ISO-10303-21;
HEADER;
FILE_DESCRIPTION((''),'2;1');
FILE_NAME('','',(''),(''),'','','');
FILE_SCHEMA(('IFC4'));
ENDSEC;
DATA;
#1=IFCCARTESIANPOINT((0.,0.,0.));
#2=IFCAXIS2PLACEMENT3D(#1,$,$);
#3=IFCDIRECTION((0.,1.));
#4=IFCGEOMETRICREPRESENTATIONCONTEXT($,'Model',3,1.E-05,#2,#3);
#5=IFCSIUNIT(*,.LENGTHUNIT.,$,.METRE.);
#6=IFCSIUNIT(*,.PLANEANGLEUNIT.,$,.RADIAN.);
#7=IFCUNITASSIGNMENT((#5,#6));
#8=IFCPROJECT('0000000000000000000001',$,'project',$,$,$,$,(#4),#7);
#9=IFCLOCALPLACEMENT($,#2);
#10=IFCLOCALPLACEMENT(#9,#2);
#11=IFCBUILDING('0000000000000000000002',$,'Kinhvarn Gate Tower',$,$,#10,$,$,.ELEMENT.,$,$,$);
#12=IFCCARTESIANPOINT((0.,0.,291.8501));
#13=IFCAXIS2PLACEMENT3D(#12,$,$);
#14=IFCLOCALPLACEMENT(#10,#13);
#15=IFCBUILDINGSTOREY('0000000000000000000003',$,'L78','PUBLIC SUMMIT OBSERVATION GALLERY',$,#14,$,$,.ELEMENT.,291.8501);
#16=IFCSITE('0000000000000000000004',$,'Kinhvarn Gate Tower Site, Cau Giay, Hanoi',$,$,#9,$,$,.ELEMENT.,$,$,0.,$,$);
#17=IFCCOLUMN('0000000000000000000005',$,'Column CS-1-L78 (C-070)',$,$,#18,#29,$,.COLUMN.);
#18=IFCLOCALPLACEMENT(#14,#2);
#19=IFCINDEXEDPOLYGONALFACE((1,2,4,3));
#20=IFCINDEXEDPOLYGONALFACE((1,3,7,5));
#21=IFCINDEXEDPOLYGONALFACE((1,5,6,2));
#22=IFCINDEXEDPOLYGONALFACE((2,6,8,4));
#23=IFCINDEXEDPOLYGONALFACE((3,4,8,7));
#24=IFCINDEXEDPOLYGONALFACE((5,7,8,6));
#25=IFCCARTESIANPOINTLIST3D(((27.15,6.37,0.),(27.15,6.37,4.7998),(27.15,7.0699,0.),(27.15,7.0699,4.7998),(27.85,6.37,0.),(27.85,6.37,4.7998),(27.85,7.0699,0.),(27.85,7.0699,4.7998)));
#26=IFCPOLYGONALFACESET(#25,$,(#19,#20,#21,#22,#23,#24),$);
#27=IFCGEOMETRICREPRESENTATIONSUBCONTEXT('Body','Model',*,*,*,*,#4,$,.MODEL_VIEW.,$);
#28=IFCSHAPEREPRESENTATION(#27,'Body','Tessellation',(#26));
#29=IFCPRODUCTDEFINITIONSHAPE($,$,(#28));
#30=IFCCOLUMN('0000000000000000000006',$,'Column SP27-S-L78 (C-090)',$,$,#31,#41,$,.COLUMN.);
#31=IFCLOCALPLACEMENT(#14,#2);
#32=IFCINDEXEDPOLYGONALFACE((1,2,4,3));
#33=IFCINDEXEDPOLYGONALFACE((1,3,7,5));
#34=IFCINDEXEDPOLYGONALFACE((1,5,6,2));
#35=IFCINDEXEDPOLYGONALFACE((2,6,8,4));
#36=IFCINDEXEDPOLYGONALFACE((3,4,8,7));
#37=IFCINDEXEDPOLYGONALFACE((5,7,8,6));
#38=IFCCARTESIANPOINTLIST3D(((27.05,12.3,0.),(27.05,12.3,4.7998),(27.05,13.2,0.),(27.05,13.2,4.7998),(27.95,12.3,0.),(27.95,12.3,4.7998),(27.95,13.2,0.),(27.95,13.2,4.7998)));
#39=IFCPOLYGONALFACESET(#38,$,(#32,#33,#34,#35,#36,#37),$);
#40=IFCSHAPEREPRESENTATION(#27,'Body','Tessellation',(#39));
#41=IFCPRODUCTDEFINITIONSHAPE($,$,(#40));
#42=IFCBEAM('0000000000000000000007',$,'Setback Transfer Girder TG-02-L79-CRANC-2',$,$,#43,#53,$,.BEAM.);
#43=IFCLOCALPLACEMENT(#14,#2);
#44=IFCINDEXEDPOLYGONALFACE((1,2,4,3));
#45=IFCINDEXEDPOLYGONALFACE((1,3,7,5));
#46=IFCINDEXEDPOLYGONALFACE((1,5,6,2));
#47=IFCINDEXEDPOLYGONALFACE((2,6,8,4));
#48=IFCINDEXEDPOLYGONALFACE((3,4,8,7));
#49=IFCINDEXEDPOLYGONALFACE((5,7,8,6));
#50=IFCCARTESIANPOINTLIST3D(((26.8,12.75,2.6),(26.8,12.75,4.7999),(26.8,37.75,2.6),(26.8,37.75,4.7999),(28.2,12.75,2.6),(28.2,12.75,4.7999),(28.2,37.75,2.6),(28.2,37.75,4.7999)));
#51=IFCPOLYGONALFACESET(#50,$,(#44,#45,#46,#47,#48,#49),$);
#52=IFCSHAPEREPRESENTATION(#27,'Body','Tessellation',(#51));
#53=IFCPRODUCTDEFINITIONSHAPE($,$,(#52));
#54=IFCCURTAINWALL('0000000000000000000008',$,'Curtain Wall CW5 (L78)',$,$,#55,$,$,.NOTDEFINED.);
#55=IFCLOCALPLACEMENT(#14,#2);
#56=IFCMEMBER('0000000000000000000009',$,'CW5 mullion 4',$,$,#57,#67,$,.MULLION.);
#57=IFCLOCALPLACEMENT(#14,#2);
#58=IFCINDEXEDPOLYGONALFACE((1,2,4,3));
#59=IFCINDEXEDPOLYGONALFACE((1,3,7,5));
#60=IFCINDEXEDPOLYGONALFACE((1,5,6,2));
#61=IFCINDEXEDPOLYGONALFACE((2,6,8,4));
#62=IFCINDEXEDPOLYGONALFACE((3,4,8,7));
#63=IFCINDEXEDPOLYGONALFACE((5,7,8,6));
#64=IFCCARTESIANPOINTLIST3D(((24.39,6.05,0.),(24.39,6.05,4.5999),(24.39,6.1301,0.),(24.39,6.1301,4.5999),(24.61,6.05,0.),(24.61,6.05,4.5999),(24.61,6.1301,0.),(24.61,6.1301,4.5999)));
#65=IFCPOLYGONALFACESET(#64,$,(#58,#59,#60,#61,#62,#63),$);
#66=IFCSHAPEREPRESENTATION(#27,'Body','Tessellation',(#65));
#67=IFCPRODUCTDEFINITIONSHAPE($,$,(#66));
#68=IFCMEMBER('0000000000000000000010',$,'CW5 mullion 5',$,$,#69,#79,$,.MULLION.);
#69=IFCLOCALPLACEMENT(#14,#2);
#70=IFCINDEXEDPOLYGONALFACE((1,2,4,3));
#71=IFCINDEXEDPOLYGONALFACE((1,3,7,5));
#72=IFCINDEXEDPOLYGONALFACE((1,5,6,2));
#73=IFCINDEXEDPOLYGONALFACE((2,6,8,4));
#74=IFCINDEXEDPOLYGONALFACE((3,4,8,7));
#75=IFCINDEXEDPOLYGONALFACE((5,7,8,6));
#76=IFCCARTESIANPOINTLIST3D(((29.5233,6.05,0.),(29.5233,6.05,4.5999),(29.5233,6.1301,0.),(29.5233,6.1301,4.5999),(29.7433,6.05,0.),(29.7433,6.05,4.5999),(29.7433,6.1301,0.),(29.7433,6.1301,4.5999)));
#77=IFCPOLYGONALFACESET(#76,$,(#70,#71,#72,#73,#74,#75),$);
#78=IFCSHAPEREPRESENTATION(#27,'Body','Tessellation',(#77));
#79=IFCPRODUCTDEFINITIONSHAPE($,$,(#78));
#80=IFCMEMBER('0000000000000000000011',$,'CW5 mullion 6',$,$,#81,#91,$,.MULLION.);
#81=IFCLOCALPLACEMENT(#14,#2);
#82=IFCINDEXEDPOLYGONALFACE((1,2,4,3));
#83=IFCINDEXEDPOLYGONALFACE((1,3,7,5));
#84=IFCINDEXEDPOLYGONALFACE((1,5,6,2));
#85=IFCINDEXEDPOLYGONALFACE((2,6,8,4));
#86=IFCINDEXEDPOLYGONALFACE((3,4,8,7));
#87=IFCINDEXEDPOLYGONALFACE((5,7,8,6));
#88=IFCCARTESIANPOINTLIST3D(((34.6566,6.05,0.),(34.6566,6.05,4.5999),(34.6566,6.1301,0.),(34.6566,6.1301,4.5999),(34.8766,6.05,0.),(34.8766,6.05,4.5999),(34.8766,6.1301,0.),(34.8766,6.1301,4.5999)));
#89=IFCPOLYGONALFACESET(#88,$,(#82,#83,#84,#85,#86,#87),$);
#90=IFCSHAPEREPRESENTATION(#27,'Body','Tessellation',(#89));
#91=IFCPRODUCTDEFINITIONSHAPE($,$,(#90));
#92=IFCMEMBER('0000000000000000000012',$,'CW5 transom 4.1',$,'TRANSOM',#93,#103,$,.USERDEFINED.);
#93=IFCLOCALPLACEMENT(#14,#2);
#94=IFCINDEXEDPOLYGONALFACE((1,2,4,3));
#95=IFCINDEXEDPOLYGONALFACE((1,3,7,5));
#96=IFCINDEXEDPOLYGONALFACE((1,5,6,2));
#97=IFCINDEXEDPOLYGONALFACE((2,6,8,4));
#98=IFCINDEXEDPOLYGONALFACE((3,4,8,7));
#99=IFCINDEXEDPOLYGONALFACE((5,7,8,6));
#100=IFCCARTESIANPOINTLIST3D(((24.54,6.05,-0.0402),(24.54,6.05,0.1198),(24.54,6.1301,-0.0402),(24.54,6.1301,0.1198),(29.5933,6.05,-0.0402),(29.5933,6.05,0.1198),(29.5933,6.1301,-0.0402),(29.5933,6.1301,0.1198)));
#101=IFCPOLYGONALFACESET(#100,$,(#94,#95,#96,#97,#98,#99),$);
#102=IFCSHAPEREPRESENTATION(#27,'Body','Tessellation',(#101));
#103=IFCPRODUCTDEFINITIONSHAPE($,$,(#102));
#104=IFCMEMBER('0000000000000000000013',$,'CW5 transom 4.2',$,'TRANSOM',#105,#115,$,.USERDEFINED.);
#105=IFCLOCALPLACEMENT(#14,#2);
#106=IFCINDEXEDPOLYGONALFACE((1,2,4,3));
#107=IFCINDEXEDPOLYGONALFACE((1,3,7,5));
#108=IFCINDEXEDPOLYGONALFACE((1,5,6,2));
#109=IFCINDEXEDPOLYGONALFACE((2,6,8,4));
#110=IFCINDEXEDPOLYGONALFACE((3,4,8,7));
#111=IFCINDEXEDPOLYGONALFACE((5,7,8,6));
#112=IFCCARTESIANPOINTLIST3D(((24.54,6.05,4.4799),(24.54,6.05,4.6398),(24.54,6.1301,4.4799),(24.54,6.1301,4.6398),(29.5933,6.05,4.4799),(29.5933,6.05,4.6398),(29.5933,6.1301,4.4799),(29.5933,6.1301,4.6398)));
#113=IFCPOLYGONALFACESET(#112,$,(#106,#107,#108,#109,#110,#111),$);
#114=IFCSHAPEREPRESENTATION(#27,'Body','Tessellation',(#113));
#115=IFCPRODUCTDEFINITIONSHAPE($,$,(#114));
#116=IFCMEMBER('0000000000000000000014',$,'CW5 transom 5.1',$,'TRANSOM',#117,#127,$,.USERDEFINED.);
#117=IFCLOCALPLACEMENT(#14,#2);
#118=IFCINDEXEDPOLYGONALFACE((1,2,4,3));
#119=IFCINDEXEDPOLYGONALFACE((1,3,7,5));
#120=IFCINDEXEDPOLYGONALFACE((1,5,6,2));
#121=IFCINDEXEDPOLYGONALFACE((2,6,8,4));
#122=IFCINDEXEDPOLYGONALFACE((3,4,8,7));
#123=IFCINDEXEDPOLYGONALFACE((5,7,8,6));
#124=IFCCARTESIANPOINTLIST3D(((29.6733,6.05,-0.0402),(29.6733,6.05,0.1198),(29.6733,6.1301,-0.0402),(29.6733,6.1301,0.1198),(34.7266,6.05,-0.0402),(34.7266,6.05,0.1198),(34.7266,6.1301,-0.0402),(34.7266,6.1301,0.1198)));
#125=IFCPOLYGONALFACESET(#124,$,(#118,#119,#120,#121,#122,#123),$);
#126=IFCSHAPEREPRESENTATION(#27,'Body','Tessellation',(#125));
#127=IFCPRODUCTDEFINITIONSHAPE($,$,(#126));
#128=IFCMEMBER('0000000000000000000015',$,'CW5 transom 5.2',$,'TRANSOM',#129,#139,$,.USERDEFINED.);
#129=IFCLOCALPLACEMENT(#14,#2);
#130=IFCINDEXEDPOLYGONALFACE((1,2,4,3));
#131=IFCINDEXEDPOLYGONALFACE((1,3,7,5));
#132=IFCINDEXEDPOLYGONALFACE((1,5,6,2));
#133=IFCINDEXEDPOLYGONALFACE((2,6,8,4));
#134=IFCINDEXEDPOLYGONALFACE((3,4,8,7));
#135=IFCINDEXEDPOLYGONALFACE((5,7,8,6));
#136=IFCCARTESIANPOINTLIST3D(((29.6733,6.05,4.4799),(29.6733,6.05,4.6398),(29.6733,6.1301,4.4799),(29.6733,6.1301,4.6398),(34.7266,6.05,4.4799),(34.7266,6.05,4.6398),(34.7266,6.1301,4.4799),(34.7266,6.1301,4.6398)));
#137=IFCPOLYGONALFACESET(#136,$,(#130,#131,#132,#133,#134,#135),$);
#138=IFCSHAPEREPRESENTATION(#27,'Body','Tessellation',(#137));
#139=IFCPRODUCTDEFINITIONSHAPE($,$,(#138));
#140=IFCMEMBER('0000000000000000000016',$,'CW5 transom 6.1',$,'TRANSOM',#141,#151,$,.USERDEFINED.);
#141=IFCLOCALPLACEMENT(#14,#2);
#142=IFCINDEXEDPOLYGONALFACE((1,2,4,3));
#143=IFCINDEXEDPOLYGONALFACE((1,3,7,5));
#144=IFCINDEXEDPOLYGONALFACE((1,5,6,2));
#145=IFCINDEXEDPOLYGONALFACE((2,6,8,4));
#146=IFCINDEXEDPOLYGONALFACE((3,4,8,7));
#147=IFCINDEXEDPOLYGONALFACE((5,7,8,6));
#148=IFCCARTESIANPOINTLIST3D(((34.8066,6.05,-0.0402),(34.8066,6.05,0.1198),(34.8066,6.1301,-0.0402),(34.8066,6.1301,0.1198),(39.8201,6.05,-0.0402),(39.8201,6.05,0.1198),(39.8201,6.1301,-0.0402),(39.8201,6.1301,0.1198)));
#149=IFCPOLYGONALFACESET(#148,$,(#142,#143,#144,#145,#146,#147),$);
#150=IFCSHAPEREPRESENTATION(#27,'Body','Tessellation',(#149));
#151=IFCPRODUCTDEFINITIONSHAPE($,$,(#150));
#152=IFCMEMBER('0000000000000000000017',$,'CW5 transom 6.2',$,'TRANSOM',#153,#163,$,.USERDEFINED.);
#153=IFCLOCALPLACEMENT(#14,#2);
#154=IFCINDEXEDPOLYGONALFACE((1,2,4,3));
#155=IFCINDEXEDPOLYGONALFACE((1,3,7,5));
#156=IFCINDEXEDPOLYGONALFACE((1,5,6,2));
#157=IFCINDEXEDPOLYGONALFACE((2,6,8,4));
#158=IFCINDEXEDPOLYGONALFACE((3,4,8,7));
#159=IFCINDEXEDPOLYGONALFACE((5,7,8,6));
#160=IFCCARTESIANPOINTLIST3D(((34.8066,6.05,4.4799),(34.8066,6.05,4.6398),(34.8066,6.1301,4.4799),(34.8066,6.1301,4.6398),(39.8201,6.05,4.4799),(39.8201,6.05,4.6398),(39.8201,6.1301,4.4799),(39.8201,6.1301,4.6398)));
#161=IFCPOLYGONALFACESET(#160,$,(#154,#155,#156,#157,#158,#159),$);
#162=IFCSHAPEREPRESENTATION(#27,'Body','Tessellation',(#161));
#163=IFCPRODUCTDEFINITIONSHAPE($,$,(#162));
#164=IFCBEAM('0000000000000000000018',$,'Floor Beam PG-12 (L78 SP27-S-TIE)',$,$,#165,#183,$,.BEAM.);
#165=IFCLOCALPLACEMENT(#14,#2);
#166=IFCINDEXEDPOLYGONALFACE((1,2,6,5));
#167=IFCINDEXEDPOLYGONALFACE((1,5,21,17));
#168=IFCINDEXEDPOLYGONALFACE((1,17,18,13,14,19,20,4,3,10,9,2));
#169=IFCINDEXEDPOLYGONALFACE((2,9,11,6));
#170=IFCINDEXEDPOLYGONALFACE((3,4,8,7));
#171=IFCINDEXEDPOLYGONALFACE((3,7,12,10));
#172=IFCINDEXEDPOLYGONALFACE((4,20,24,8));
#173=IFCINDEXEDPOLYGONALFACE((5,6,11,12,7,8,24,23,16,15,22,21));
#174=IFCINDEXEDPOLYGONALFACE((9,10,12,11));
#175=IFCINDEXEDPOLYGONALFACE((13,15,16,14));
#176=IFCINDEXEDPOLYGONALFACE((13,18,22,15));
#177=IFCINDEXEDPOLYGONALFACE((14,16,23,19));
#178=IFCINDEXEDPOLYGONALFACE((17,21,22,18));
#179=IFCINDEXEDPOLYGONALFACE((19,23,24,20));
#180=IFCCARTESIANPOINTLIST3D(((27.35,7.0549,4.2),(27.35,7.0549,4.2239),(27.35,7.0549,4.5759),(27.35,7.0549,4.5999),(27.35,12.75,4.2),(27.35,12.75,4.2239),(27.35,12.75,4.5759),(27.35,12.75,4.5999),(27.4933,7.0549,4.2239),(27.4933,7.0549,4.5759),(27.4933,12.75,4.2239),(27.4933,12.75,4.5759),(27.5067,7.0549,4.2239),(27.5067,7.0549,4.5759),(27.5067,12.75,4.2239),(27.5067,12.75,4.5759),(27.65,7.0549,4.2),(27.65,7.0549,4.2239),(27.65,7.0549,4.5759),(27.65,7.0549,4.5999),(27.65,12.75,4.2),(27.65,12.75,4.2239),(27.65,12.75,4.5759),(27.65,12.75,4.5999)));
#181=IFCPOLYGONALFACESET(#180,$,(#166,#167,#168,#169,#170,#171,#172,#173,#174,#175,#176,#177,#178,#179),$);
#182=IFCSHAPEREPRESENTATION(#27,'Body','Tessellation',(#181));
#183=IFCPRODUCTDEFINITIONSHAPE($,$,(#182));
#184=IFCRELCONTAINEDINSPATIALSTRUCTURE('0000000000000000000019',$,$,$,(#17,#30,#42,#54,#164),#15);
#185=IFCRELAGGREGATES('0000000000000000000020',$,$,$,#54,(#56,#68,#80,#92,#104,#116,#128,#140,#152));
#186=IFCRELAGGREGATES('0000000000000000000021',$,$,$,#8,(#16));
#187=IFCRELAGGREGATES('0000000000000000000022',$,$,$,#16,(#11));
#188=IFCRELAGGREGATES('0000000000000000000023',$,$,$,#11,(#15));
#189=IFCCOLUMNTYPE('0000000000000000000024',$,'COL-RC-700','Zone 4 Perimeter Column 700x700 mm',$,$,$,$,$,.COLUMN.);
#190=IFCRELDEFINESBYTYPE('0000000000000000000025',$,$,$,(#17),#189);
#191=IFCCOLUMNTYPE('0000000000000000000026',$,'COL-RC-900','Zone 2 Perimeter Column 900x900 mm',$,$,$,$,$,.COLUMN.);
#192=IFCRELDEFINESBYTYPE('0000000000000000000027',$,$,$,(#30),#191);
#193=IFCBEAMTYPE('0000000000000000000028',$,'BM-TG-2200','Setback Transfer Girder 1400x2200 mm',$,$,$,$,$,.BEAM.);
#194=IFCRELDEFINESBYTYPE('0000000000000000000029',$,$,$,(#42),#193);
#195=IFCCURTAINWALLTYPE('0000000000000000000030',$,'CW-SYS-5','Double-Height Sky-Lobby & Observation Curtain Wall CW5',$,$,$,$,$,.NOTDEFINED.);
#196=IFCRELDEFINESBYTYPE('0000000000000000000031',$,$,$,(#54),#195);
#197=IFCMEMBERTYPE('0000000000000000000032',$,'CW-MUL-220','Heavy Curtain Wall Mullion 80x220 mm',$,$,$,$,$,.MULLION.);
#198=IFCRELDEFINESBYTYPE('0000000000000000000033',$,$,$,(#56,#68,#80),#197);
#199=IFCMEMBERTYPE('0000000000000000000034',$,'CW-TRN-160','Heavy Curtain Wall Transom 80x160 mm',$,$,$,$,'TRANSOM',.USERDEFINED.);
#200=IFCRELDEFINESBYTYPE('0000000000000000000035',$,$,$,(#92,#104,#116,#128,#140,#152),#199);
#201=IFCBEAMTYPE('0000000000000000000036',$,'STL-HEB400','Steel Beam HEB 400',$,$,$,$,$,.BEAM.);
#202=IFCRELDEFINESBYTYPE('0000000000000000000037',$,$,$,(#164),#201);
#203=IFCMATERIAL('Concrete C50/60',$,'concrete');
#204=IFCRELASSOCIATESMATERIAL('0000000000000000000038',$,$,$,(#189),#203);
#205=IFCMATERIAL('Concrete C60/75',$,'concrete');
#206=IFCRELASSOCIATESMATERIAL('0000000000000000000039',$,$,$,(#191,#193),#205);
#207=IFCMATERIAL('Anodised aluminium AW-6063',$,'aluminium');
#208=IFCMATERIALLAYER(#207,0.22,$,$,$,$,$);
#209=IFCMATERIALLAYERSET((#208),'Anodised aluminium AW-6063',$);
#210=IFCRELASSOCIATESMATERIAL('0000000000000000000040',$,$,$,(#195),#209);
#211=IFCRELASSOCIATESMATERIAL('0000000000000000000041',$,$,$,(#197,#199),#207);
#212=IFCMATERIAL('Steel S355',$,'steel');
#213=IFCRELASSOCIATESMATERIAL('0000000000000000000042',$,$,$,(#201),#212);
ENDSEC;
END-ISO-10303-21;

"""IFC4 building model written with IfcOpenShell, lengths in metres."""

from ifc_helpers import new_model, si_unit, direction, frame, origin, origin_2d, place, context, subcontext, project, spatial, rectangle, i_section, extrude, material, layer, layer_set, material_profile, profile_set, type_object, element, aggregate, save


model = new_model("IFC4")

# Units and contexts
model_context = context("Model", 3, precision=1e-05, world=origin(), true_north=direction((0.0, 1.0)))
body_context = subcontext(model_context, "Body", "Model", "MODEL_VIEW")
ifc_project = project(units=[si_unit("LENGTHUNIT", "METRE"), si_unit("PLANEANGLEUNIT", "RADIAN")], contexts=[model_context])

# Site, building, storey
site_placement = place(None, origin())
site = spatial("IfcSite", under=ifc_project, at=site_placement, Name="Kinhvarn Gate Tower Site, Cau Giay, Hanoi", CompositionType="ELEMENT", RefElevation=0.0)
building_placement = place(site_placement, origin())
building = spatial("IfcBuilding", under=site, at=building_placement, Name="Kinhvarn Gate Tower", CompositionType="ELEMENT")
storey_placement = place(building_placement, frame((0.0, 0.0, 291.8501)))
storey = spatial("IfcBuildingStorey", under=building, at=storey_placement, Name="L78", Description="PUBLIC SUMMIT OBSERVATION GALLERY", CompositionType="ELEMENT", Elevation=291.8501)

# Columns
ifc_material_1 = material(Name="Concrete C50/60", Category="concrete")
ifc_material_profile_1 = material_profile(ifc_material_1, rectangle(XDim=0.7, YDim=0.7, at=origin_2d()), Name="RC 700x700")
ifc_profile_set_1 = profile_set([ifc_material_profile_1], Name="Concrete C50/60")
column_type_1 = type_object("IfcColumnType", Name="COL-RC-700", Description="Zone 4 Perimeter Column 700x700 mm", PredefinedType="COLUMN", material=ifc_profile_set_1)
column_1_placement = place(storey_placement, frame((27.5, 6.72, 0.0), z_axis=(0.0, 0.0, 1.0), x_axis=(1.0, 0.0, 0.0)))
element("IfcColumn", 1, at=column_1_placement, inside=storey, type_object=column_type_1, Name="Column CS-1-L78 (C-070)", PredefinedType="COLUMN", context=body_context, shape_type="SweptSolid", body=[
    extrude(rectangle(XDim=0.7, YDim=0.7, at=origin_2d()), origin(), (0.0, 0.0, 1.0), 4.7998),
])
ifc_material_2 = material(Name="Concrete C60/75", Category="concrete")
ifc_material_profile_2 = material_profile(ifc_material_2, rectangle(XDim=0.8999, YDim=0.8999, at=origin_2d()), Name="RC 900x900")
ifc_profile_set_2 = profile_set([ifc_material_profile_2], Name="Concrete C60/75")
column_type_2 = type_object("IfcColumnType", Name="COL-RC-900", Description="Zone 2 Perimeter Column 900x900 mm", PredefinedType="COLUMN", material=ifc_profile_set_2)
column_2_placement = place(storey_placement, frame((27.5, 12.75, 0.0), z_axis=(0.0, 0.0, 1.0), x_axis=(1.0, 0.0, 0.0)))
element("IfcColumn", 2, at=column_2_placement, inside=storey, type_object=column_type_2, Name="Column SP27-S-L78 (C-090)", PredefinedType="COLUMN", context=body_context, shape_type="SweptSolid", body=[
    extrude(rectangle(XDim=0.8999, YDim=0.8999, at=origin_2d()), origin(), (0.0, 0.0, 1.0), 4.7998),
])

# Beam
ifc_material_profile_3 = material_profile(ifc_material_2, rectangle(XDim=1.3999, YDim=2.2, at=origin_2d()), Name="RC 1400x2200")
ifc_profile_set_3 = profile_set([ifc_material_profile_3], Name="Concrete C60/75")
beam_type_1 = type_object("IfcBeamType", Name="BM-TG-2200", Description="Setback Transfer Girder 1400x2200 mm", PredefinedType="BEAM", material=ifc_profile_set_3)
beam_1_placement = place(storey_placement, frame((27.5, 12.75, 3.7), z_axis=(0.0, 1.0, 0.0), x_axis=(-1.0, 0.0, 0.0)))
element("IfcBeam", 3, at=beam_1_placement, inside=storey, type_object=beam_type_1, Name="Setback Transfer Girder TG-02-L79-CRANC-2", PredefinedType="BEAM", context=body_context, shape_type="SweptSolid", body=[
    extrude(rectangle(XDim=1.3999, YDim=2.2, at=origin_2d()), origin(), (0.0, 0.0, 1.0), 25.0),
])

# Curtain wall, members
ifc_material_3 = material(Name="Anodised aluminium AW-6063", Category="aluminium")
ifc_layer_1 = layer(ifc_material_3, 0.22)
ifc_layer_set_1 = layer_set([ifc_layer_1], Name="Anodised aluminium AW-6063")
curtain_wall_type = type_object("IfcCurtainWallType", Name="CW-SYS-5", Description="Double-Height Sky-Lobby & Observation Curtain Wall CW5", PredefinedType="NOTDEFINED", material=ifc_layer_set_1)
curtain_wall_placement = place(storey_placement, origin())
curtain_wall = element("IfcCurtainWall", 4, at=curtain_wall_placement, inside=storey, type_object=curtain_wall_type, Name="Curtain Wall CW5 (L78)", PredefinedType="NOTDEFINED")
ifc_material_profile_4 = material_profile(ifc_material_3, rectangle(XDim=0.0801, YDim=0.22, at=origin_2d()), Name="ALU 80x220")
ifc_profile_set_4 = profile_set([ifc_material_profile_4], Name="Anodised aluminium AW-6063")
member_type_1 = type_object("IfcMemberType", Name="CW-MUL-220", Description="Heavy Curtain Wall Mullion 80x220 mm", PredefinedType="MULLION", material=ifc_profile_set_4)
member_1_placement = place(storey_placement, frame((24.5, 6.0901, 0.0), z_axis=(0.0, 0.0, 1.0), x_axis=(0.0, 1.0, 0.0)))
member_1 = element("IfcMember", 5, at=member_1_placement, type_object=member_type_1, Name="CW5 mullion 4", PredefinedType="MULLION", context=body_context, shape_type="SweptSolid", body=[
    extrude(rectangle(XDim=0.0801, YDim=0.22, at=origin_2d()), origin(), (0.0, 0.0, 1.0), 4.5999),
])
member_2_placement = place(storey_placement, frame((29.6333, 6.0901, 0.0), z_axis=(0.0, 0.0, 1.0), x_axis=(0.0, 1.0, 0.0)))
member_2 = element("IfcMember", 6, at=member_2_placement, type_object=member_type_1, Name="CW5 mullion 5", PredefinedType="MULLION", context=body_context, shape_type="SweptSolid", body=[
    extrude(rectangle(XDim=0.0801, YDim=0.22, at=origin_2d()), origin(), (0.0, 0.0, 1.0), 4.5999),
])
member_3_placement = place(storey_placement, frame((34.7666, 6.0901, 0.0), z_axis=(0.0, 0.0, 1.0), x_axis=(0.0, 1.0, 0.0)))
member_3 = element("IfcMember", 7, at=member_3_placement, type_object=member_type_1, Name="CW5 mullion 6", PredefinedType="MULLION", context=body_context, shape_type="SweptSolid", body=[
    extrude(rectangle(XDim=0.0801, YDim=0.22, at=origin_2d()), origin(), (0.0, 0.0, 1.0), 4.5999),
])
ifc_material_profile_5 = material_profile(ifc_material_3, rectangle(XDim=0.0801, YDim=0.1599, at=origin_2d()), Name="ALU 80x160")
ifc_profile_set_5 = profile_set([ifc_material_profile_5], Name="Anodised aluminium AW-6063")
member_type_2 = type_object("IfcMemberType", Name="CW-TRN-160", Description="Heavy Curtain Wall Transom 80x160 mm", ElementType="TRANSOM", PredefinedType="USERDEFINED", material=ifc_profile_set_5)
member_4_placement = place(storey_placement, frame((24.54, 6.0901, 0.0398), z_axis=(1.0, 0.0, 0.0), x_axis=(0.0, 1.0, 0.0)))
member_4 = element("IfcMember", 8, at=member_4_placement, type_object=member_type_2, Name="CW5 transom 4.1", ObjectType="TRANSOM", PredefinedType="USERDEFINED", context=body_context, shape_type="SweptSolid", body=[
    extrude(rectangle(XDim=0.0801, YDim=0.1599, at=origin_2d()), origin(), (0.0, 0.0, 1.0), 5.0532),
])
member_5_placement = place(storey_placement, frame((24.54, 6.0901, 4.5598), z_axis=(1.0, 0.0, 0.0), x_axis=(0.0, 1.0, 0.0)))
member_5 = element("IfcMember", 9, at=member_5_placement, type_object=member_type_2, Name="CW5 transom 4.2", ObjectType="TRANSOM", PredefinedType="USERDEFINED", context=body_context, shape_type="SweptSolid", body=[
    extrude(rectangle(XDim=0.0801, YDim=0.1599, at=origin_2d()), origin(), (0.0, 0.0, 1.0), 5.0532),
])
member_6_placement = place(storey_placement, frame((29.6733, 6.0901, 0.0398), z_axis=(1.0, 0.0, 0.0), x_axis=(0.0, 1.0, 0.0)))
member_6 = element("IfcMember", 10, at=member_6_placement, type_object=member_type_2, Name="CW5 transom 5.1", ObjectType="TRANSOM", PredefinedType="USERDEFINED", context=body_context, shape_type="SweptSolid", body=[
    extrude(rectangle(XDim=0.0801, YDim=0.1599, at=origin_2d()), origin(), (0.0, 0.0, 1.0), 5.0532),
])
member_7_placement = place(storey_placement, frame((29.6733, 6.0901, 4.5598), z_axis=(1.0, 0.0, 0.0), x_axis=(0.0, 1.0, 0.0)))
member_7 = element("IfcMember", 11, at=member_7_placement, type_object=member_type_2, Name="CW5 transom 5.2", ObjectType="TRANSOM", PredefinedType="USERDEFINED", context=body_context, shape_type="SweptSolid", body=[
    extrude(rectangle(XDim=0.0801, YDim=0.1599, at=origin_2d()), origin(), (0.0, 0.0, 1.0), 5.0532),
])
member_8_placement = place(storey_placement, frame((34.8066, 6.0901, 0.0398), z_axis=(1.0, 0.0, 0.0), x_axis=(0.0, 1.0, 0.0)))
member_8 = element("IfcMember", 12, at=member_8_placement, type_object=member_type_2, Name="CW5 transom 6.1", ObjectType="TRANSOM", PredefinedType="USERDEFINED", context=body_context, shape_type="SweptSolid", body=[
    extrude(rectangle(XDim=0.0801, YDim=0.1599, at=origin_2d()), origin(), (0.0, 0.0, 1.0), 5.0134),
])
member_9_placement = place(storey_placement, frame((34.8066, 6.0901, 4.5598), z_axis=(1.0, 0.0, 0.0), x_axis=(0.0, 1.0, 0.0)))
member_9 = element("IfcMember", 13, at=member_9_placement, type_object=member_type_2, Name="CW5 transom 6.2", ObjectType="TRANSOM", PredefinedType="USERDEFINED", context=body_context, shape_type="SweptSolid", body=[
    extrude(rectangle(XDim=0.0801, YDim=0.1599, at=origin_2d()), origin(), (0.0, 0.0, 1.0), 5.0134),
])

# Beam
ifc_material_4 = material(Name="Steel S355", Category="steel")
ifc_material_profile_6 = material_profile(ifc_material_4, i_section(OverallWidth=0.3, OverallDepth=0.3999, WebThickness=0.0134, FlangeThickness=0.0239, at=origin_2d()), Name="HEB 400")
ifc_profile_set_6 = profile_set([ifc_material_profile_6], Name="Steel S355")
beam_type_2 = type_object("IfcBeamType", Name="STL-HEB400", Description="Steel Beam HEB 400", PredefinedType="BEAM", material=ifc_profile_set_6)
beam_2_placement = place(storey_placement, frame((27.5, 7.0549, 4.3999), z_axis=(0.0, 1.0, 0.0), x_axis=(-1.0, 0.0, 0.0)))
element("IfcBeam", 14, at=beam_2_placement, inside=storey, type_object=beam_type_2, Name="Floor Beam PG-12 (L78 SP27-S-TIE)", PredefinedType="BEAM", context=body_context, shape_type="SweptSolid", body=[
    extrude(i_section(OverallWidth=0.3, OverallDepth=0.3999, WebThickness=0.0134, FlangeThickness=0.0239, at=origin_2d()), origin(), (0.0, 0.0, 1.0), 5.6951),
])

aggregate(curtain_wall, [member_1, member_2, member_3, member_4, member_5, member_6, member_7, member_8, member_9])

save(model, "model.ifc")
